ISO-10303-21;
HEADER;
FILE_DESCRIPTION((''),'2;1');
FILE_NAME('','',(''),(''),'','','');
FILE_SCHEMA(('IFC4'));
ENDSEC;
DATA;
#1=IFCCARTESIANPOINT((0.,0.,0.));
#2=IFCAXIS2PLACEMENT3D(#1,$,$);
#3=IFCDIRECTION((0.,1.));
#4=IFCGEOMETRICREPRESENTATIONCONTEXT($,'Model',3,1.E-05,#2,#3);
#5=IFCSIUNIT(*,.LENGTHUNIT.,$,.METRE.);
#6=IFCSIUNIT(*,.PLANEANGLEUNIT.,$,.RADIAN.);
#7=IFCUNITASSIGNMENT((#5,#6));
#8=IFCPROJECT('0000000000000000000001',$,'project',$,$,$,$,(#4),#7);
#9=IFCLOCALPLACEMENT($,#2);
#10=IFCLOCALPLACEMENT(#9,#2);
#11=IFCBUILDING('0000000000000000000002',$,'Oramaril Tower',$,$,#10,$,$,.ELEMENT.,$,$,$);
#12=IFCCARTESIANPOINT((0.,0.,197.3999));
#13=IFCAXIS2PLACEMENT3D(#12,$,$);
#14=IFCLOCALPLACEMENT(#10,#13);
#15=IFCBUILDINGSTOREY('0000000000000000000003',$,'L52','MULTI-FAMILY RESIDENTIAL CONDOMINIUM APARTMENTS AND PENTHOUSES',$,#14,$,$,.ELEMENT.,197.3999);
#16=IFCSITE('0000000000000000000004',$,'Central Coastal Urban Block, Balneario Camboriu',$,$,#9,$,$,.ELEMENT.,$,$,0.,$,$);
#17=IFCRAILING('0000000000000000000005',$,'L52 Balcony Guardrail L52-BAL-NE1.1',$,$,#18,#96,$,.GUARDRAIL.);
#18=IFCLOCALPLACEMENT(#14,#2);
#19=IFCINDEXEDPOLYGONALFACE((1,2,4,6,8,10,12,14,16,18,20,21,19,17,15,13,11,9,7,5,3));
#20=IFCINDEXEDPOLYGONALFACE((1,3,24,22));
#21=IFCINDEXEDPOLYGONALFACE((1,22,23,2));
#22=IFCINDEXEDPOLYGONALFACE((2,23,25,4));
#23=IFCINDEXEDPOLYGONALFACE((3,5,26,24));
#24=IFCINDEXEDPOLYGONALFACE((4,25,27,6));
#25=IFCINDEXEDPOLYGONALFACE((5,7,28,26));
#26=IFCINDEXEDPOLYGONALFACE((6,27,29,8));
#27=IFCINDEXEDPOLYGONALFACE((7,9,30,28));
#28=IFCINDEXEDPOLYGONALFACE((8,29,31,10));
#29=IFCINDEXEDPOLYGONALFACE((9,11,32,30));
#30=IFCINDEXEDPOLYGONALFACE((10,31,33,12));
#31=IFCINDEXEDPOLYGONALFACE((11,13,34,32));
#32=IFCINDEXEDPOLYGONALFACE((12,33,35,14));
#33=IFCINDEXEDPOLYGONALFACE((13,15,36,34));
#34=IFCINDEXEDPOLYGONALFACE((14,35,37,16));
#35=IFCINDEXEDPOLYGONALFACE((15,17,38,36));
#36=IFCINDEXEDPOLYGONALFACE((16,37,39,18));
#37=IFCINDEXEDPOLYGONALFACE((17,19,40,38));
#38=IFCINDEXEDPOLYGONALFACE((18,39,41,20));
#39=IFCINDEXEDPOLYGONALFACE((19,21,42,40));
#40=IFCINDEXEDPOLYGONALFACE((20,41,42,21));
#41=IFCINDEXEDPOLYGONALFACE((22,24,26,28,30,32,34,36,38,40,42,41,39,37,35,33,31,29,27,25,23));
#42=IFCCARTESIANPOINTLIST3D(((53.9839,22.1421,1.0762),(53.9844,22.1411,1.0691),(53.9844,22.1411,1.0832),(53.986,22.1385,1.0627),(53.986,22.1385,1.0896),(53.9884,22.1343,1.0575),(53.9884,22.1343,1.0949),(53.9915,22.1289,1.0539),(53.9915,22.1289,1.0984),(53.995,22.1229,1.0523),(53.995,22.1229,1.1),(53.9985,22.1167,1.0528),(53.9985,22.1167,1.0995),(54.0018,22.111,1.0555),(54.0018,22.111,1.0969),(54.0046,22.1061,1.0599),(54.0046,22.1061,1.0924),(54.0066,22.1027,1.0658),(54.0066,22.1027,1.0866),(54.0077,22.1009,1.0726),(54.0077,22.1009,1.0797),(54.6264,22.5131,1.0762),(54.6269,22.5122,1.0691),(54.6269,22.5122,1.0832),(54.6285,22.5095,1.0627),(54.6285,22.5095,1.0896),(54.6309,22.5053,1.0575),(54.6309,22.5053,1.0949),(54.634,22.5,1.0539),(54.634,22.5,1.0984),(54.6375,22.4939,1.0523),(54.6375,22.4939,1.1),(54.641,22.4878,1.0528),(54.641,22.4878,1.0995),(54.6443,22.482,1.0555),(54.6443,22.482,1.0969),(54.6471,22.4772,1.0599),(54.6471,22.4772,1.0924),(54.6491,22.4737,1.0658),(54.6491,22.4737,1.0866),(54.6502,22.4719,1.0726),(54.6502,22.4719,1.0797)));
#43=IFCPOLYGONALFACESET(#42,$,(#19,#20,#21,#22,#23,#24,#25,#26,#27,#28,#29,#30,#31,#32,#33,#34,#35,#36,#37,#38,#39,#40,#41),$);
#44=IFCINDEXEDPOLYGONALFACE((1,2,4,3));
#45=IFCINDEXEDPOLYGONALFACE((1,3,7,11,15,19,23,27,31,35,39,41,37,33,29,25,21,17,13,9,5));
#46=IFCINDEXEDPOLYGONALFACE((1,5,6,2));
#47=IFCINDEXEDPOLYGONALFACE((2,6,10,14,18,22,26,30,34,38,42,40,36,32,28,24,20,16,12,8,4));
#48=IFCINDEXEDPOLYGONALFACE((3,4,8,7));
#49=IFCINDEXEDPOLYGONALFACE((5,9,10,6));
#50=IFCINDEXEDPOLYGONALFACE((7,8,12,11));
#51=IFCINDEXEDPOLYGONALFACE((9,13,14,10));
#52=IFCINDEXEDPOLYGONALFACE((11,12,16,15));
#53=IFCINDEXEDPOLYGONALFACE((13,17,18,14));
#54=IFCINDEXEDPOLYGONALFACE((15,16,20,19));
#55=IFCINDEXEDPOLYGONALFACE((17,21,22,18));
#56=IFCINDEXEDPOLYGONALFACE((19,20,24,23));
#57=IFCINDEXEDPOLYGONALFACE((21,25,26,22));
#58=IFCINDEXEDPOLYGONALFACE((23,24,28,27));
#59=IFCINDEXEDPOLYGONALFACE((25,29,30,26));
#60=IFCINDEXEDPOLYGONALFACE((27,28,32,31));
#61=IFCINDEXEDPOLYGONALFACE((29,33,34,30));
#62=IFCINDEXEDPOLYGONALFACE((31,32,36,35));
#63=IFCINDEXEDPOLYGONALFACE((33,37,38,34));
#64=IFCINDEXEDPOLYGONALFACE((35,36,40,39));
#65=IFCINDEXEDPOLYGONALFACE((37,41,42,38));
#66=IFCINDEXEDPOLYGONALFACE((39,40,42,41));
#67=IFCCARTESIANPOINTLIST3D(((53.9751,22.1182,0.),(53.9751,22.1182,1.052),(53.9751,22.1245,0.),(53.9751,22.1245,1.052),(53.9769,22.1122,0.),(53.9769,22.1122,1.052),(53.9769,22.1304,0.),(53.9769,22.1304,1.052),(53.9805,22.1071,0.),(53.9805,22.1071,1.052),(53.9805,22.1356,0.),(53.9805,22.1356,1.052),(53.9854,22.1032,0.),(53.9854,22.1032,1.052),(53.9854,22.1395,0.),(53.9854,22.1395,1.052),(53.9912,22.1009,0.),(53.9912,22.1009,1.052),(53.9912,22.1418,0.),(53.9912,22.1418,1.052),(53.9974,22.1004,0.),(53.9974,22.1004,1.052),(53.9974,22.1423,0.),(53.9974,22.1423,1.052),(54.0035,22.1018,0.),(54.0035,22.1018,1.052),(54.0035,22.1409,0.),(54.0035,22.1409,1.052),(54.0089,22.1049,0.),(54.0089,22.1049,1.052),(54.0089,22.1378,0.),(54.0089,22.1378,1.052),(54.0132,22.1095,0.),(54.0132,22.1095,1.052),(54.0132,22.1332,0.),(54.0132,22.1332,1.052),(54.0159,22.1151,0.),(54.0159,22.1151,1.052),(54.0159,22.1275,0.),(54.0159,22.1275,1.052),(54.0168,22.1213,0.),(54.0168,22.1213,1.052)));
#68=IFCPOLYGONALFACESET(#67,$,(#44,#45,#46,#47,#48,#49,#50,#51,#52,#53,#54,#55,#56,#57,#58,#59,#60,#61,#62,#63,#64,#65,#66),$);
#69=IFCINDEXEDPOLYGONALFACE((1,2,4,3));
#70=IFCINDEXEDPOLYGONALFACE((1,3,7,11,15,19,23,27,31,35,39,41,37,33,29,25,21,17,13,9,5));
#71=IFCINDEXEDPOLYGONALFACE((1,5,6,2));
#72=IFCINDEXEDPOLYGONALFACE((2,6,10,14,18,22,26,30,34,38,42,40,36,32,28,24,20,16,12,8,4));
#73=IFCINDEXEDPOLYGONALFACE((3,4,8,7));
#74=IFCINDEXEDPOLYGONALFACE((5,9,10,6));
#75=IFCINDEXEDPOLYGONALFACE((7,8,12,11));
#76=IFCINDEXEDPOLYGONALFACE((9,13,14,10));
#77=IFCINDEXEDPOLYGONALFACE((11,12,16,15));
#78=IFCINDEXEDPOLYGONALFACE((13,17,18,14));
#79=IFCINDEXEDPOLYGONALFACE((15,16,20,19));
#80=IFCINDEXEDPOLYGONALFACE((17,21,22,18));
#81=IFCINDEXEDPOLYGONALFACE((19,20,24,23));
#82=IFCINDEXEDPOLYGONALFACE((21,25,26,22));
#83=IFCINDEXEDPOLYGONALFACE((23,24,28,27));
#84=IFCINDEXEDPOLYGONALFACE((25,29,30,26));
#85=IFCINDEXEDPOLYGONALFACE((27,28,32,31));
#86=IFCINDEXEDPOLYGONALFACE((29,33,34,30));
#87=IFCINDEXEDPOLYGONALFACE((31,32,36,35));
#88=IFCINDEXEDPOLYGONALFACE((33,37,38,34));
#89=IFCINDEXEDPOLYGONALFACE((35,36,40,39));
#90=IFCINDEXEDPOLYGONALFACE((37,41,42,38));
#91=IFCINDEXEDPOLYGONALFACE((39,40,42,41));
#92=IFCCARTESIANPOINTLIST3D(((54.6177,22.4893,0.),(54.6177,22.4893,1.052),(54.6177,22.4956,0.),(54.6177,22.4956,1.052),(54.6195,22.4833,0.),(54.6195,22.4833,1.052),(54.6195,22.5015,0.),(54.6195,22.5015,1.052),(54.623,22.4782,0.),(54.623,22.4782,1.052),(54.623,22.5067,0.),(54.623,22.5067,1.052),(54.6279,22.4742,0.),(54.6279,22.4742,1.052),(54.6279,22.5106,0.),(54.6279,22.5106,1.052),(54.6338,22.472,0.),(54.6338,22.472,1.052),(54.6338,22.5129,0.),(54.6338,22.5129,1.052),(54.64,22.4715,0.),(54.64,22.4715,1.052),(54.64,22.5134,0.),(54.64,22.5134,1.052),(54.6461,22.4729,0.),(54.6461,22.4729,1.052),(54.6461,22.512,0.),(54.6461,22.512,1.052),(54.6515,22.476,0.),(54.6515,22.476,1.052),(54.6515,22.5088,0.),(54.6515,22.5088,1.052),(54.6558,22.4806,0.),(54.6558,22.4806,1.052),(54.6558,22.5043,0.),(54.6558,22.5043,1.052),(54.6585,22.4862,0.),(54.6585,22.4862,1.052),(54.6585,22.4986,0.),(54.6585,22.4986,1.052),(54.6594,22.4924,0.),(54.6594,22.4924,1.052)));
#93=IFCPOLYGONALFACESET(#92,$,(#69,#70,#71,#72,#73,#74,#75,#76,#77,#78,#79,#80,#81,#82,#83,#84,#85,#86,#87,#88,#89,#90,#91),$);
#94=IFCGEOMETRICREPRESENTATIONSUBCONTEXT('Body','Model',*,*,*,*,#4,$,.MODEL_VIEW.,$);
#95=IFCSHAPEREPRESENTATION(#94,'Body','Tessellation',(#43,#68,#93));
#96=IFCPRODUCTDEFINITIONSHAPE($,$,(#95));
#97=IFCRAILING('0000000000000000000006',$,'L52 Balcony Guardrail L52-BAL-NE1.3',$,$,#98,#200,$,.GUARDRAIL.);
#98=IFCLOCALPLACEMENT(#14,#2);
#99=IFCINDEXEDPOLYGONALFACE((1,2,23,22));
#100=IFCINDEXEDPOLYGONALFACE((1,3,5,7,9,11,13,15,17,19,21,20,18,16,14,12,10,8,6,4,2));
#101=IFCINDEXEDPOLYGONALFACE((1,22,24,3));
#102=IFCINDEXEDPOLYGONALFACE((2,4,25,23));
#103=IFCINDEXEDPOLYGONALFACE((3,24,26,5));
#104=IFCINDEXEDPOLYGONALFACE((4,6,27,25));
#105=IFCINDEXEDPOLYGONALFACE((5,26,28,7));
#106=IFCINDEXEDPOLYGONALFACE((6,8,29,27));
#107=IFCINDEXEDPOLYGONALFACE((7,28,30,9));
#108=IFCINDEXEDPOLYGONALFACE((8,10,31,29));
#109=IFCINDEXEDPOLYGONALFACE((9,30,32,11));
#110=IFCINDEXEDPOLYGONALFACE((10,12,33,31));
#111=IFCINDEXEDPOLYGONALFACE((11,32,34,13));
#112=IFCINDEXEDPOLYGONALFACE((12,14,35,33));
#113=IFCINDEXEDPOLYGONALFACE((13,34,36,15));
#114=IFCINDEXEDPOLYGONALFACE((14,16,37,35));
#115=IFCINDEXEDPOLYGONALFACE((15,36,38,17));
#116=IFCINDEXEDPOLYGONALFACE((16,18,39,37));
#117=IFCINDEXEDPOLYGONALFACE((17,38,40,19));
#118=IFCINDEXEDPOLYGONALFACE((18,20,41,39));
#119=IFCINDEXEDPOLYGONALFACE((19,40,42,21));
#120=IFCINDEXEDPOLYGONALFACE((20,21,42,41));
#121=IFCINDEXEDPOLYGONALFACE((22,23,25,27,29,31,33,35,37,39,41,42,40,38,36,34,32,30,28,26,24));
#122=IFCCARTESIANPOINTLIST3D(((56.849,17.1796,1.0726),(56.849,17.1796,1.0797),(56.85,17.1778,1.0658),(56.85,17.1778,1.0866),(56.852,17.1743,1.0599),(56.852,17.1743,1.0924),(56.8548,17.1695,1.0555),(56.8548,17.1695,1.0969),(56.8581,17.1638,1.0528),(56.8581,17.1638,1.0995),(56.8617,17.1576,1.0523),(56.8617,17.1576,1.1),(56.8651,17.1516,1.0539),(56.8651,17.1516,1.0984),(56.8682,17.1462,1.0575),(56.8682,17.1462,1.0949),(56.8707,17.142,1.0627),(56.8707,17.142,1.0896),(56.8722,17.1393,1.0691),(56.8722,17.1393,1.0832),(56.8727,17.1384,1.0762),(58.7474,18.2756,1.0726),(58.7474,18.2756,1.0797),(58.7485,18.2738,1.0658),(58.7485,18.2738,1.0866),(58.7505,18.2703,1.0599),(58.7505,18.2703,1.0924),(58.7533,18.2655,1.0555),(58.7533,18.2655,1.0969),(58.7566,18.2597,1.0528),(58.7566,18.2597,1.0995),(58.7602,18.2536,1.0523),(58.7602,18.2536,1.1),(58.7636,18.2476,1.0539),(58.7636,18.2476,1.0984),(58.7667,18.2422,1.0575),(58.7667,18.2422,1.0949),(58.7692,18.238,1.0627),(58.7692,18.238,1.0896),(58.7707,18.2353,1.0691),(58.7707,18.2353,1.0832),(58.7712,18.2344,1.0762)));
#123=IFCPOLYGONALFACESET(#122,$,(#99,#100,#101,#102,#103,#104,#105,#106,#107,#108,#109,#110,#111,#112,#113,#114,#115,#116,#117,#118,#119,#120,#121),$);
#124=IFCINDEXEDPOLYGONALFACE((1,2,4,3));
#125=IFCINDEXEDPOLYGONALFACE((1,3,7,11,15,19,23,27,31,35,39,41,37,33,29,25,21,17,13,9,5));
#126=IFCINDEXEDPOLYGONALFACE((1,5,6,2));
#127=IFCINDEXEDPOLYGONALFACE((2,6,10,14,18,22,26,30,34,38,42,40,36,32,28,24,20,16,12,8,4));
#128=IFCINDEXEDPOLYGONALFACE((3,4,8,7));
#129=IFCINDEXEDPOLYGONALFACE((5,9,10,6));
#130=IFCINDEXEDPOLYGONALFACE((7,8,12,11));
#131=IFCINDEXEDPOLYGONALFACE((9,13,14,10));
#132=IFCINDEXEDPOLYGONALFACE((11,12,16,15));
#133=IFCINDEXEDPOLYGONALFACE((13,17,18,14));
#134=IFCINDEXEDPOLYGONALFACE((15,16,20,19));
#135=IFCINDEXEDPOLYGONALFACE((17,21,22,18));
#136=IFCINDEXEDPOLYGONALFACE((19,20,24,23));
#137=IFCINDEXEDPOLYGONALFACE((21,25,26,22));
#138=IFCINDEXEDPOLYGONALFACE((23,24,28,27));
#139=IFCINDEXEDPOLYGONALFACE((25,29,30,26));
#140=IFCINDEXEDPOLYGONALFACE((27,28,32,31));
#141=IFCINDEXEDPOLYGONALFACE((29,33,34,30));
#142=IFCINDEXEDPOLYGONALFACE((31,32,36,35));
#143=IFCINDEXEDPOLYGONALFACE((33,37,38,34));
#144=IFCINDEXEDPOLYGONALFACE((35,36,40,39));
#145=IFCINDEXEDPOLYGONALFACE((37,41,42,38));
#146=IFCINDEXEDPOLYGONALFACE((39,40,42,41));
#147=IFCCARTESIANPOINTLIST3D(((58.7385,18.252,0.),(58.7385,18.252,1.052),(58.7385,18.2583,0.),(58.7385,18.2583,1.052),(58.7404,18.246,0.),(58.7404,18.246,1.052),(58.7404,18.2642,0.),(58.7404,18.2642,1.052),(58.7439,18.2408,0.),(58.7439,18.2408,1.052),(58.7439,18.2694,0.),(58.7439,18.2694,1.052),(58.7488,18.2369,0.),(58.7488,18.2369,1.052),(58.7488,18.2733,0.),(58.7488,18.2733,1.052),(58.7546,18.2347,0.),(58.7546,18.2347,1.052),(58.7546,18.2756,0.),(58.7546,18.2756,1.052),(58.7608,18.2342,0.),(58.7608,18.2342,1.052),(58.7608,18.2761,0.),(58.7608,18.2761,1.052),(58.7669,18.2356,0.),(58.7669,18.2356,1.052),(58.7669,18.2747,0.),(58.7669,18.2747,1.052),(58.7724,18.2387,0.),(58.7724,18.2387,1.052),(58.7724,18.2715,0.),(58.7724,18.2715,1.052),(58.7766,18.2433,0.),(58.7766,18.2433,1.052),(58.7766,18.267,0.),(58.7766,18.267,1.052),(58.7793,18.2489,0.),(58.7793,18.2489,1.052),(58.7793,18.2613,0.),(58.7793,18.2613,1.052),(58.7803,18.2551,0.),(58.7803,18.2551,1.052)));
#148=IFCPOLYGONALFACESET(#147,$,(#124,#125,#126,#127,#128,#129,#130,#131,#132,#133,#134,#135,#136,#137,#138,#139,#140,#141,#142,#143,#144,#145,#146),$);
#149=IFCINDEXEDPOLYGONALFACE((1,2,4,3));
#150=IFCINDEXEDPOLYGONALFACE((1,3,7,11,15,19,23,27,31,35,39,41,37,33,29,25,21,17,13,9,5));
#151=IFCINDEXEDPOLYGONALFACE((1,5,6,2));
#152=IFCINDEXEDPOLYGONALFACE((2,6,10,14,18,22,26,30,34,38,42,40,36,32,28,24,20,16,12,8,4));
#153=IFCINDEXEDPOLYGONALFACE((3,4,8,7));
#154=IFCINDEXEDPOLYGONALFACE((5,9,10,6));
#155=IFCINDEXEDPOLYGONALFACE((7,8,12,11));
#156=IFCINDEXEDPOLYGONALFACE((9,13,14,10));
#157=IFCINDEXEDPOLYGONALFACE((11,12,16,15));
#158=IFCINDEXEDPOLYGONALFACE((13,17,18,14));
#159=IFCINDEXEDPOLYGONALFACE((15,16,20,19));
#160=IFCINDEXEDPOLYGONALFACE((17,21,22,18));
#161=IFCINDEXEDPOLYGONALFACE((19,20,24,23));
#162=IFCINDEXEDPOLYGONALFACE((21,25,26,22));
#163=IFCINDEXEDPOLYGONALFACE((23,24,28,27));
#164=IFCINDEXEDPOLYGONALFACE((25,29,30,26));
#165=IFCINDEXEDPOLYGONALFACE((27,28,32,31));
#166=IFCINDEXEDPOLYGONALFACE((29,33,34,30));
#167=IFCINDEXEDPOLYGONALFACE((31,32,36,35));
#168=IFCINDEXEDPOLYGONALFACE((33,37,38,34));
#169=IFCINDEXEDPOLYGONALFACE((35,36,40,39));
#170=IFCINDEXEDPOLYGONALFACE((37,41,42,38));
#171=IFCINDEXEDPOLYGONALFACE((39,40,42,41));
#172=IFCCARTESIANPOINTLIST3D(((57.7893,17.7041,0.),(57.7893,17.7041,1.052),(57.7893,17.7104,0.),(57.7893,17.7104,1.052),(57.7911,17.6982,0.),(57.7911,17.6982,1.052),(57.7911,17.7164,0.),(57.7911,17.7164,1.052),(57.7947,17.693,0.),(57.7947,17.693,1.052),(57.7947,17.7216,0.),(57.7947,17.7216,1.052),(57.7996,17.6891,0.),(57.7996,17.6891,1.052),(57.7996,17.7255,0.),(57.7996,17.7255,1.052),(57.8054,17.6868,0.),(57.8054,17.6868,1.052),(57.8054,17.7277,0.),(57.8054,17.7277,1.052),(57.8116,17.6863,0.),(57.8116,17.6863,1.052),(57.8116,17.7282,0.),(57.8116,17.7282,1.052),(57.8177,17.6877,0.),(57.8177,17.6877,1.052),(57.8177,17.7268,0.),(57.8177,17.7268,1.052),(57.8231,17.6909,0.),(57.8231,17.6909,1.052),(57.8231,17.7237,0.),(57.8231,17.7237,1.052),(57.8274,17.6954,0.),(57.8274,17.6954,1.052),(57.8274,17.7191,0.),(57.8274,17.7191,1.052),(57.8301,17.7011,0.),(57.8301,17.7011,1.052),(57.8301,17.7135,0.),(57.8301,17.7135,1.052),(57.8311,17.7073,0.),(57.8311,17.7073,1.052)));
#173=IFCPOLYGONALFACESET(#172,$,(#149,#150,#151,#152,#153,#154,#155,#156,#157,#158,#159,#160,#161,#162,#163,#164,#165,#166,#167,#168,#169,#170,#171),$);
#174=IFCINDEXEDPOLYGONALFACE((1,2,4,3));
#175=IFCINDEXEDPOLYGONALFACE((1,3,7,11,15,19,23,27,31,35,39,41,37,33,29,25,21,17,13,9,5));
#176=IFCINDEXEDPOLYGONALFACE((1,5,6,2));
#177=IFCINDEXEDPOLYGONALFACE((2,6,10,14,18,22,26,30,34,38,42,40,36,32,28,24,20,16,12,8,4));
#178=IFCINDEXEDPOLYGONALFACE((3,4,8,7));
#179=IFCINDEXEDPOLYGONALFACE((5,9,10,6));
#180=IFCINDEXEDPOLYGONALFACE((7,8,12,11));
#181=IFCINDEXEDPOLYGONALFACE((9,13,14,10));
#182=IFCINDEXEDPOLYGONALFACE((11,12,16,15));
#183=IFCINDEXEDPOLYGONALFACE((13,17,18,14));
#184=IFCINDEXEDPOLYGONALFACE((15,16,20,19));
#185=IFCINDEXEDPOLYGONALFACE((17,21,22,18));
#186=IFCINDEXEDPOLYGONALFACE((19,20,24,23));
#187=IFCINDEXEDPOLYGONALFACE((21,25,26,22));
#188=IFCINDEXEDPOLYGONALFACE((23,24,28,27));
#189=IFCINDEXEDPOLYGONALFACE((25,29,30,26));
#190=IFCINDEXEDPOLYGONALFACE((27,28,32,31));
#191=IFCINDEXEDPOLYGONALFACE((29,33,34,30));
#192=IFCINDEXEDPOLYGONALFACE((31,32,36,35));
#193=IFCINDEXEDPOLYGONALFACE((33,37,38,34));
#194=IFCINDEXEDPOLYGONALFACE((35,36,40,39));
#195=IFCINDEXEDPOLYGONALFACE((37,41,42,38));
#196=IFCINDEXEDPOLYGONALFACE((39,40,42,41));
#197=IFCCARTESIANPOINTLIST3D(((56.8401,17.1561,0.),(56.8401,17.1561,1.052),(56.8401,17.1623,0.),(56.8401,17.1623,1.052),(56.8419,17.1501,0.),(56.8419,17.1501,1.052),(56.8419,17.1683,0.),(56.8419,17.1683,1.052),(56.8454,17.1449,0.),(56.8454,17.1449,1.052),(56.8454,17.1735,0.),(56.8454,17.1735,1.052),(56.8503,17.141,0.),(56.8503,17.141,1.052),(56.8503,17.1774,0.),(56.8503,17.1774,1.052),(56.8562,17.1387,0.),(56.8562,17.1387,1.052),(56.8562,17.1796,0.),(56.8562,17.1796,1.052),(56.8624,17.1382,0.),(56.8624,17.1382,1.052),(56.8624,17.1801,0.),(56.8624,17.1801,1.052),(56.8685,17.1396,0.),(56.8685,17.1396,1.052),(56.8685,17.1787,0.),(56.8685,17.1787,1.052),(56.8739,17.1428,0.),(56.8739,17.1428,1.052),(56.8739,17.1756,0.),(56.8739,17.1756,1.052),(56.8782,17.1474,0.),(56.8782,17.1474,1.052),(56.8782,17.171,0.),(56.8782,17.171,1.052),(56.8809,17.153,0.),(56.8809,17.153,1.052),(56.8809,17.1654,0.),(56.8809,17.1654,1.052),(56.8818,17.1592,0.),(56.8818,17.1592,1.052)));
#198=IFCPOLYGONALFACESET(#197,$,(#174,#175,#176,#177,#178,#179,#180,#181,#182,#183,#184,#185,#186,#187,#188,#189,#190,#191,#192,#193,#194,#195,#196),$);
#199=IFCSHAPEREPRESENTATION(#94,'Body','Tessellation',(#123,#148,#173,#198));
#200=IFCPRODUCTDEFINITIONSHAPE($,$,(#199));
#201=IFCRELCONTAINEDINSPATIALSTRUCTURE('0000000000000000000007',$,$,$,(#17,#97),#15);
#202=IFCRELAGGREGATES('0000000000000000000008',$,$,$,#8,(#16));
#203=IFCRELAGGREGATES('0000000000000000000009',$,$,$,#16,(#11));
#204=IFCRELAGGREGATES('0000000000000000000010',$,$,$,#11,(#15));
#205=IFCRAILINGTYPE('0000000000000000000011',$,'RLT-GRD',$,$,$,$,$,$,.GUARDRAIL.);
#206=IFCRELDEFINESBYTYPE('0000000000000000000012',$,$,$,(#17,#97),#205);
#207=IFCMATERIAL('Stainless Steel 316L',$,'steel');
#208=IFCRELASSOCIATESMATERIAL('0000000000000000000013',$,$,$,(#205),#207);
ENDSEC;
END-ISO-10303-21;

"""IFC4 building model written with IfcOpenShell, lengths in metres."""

from ifc_helpers import new_model, si_unit, direction, frame, origin, origin_2d, place, context, subcontext, project, spatial, circle, extrude, material, type_object, element, save


model = new_model("IFC4")

# Units and contexts
model_context = context("Model", 3, precision=1e-05, world=origin(), true_north=direction((0.0, 1.0)))
body_context = subcontext(model_context, "Body", "Model", "MODEL_VIEW")
ifc_project = project(units=[si_unit("LENGTHUNIT", "METRE"), si_unit("PLANEANGLEUNIT", "RADIAN")], contexts=[model_context])

# Site, building, storey
site_placement = place(None, origin())
site = spatial("IfcSite", under=ifc_project, at=site_placement, Name="Central Coastal Urban Block, Balneario Camboriu", CompositionType="ELEMENT", RefElevation=0.0)
building_placement = place(site_placement, origin())
building = spatial("IfcBuilding", under=site, at=building_placement, Name="Oramaril Tower", CompositionType="ELEMENT")
storey_placement = place(building_placement, frame((0.0, 0.0, 197.3999)))
storey = spatial("IfcBuildingStorey", under=building, at=storey_placement, Name="L52", Description="MULTI-FAMILY RESIDENTIAL CONDOMINIUM APARTMENTS AND PENTHOUSES", CompositionType="ELEMENT", Elevation=197.3999)

# Railings
ifc_material_1 = material(Name="Stainless Steel 316L", Category="steel")
railing_type = type_object("IfcRailingType", Name="RLT-GRD", PredefinedType="GUARDRAIL", material=ifc_material_1)
railing_1_placement = place(storey_placement, frame((53.9958, 22.1213, 0.0)))
element("IfcRailing", 1, at=railing_1_placement, inside=storey, type_object=railing_type, Name="L52 Balcony Guardrail L52-BAL-NE1.1", PredefinedType="GUARDRAIL", context=body_context, shape_type="SweptSolid", body=[
    extrude(circle(Radius=0.0239, at=origin_2d()), frame((0.0, 0.0, 1.0762), z_axis=(0.865966, 0.500102, 0.0), x_axis=(-0.500102, 0.865966, 0.0)), (0.0, 0.0, 1.0), 0.7419),
    extrude(circle(Radius=0.021, at=origin_2d()), origin(), (0.0, 0.0, 1.0), 1.052),
    extrude(circle(Radius=0.021, at=origin_2d()), frame((0.6426, 0.3711, 0.0)), (0.0, 0.0, 1.0), 1.052),
])
railing_2_placement = place(storey_placement, frame((58.7593, 18.2551, 0.0)))
element("IfcRailing", 2, at=railing_2_placement, inside=storey, type_object=railing_type, Name="L52 Balcony Guardrail L52-BAL-NE1.3", PredefinedType="GUARDRAIL", context=body_context, shape_type="SweptSolid", body=[
    extrude(circle(Radius=0.0239, at=origin_2d()), frame((0.0, 0.0, 1.0762), z_axis=(-0.866048, -0.49996, 0.0), x_axis=(0.49996, -0.866048, 0.0)), (0.0, 0.0, 1.0), 2.1921),
    extrude(circle(Radius=0.021, at=origin_2d()), origin(), (0.0, 0.0, 1.0), 1.052),
    extrude(circle(Radius=0.021, at=origin_2d()), frame((-0.9492, -0.5479, 0.0)), (0.0, 0.0, 1.0), 1.052),
    extrude(circle(Radius=0.021, at=origin_2d()), frame((-1.8984, -1.0959, 0.0)), (0.0, 0.0, 1.0), 1.052),
])

save(model, "model.ifc")
